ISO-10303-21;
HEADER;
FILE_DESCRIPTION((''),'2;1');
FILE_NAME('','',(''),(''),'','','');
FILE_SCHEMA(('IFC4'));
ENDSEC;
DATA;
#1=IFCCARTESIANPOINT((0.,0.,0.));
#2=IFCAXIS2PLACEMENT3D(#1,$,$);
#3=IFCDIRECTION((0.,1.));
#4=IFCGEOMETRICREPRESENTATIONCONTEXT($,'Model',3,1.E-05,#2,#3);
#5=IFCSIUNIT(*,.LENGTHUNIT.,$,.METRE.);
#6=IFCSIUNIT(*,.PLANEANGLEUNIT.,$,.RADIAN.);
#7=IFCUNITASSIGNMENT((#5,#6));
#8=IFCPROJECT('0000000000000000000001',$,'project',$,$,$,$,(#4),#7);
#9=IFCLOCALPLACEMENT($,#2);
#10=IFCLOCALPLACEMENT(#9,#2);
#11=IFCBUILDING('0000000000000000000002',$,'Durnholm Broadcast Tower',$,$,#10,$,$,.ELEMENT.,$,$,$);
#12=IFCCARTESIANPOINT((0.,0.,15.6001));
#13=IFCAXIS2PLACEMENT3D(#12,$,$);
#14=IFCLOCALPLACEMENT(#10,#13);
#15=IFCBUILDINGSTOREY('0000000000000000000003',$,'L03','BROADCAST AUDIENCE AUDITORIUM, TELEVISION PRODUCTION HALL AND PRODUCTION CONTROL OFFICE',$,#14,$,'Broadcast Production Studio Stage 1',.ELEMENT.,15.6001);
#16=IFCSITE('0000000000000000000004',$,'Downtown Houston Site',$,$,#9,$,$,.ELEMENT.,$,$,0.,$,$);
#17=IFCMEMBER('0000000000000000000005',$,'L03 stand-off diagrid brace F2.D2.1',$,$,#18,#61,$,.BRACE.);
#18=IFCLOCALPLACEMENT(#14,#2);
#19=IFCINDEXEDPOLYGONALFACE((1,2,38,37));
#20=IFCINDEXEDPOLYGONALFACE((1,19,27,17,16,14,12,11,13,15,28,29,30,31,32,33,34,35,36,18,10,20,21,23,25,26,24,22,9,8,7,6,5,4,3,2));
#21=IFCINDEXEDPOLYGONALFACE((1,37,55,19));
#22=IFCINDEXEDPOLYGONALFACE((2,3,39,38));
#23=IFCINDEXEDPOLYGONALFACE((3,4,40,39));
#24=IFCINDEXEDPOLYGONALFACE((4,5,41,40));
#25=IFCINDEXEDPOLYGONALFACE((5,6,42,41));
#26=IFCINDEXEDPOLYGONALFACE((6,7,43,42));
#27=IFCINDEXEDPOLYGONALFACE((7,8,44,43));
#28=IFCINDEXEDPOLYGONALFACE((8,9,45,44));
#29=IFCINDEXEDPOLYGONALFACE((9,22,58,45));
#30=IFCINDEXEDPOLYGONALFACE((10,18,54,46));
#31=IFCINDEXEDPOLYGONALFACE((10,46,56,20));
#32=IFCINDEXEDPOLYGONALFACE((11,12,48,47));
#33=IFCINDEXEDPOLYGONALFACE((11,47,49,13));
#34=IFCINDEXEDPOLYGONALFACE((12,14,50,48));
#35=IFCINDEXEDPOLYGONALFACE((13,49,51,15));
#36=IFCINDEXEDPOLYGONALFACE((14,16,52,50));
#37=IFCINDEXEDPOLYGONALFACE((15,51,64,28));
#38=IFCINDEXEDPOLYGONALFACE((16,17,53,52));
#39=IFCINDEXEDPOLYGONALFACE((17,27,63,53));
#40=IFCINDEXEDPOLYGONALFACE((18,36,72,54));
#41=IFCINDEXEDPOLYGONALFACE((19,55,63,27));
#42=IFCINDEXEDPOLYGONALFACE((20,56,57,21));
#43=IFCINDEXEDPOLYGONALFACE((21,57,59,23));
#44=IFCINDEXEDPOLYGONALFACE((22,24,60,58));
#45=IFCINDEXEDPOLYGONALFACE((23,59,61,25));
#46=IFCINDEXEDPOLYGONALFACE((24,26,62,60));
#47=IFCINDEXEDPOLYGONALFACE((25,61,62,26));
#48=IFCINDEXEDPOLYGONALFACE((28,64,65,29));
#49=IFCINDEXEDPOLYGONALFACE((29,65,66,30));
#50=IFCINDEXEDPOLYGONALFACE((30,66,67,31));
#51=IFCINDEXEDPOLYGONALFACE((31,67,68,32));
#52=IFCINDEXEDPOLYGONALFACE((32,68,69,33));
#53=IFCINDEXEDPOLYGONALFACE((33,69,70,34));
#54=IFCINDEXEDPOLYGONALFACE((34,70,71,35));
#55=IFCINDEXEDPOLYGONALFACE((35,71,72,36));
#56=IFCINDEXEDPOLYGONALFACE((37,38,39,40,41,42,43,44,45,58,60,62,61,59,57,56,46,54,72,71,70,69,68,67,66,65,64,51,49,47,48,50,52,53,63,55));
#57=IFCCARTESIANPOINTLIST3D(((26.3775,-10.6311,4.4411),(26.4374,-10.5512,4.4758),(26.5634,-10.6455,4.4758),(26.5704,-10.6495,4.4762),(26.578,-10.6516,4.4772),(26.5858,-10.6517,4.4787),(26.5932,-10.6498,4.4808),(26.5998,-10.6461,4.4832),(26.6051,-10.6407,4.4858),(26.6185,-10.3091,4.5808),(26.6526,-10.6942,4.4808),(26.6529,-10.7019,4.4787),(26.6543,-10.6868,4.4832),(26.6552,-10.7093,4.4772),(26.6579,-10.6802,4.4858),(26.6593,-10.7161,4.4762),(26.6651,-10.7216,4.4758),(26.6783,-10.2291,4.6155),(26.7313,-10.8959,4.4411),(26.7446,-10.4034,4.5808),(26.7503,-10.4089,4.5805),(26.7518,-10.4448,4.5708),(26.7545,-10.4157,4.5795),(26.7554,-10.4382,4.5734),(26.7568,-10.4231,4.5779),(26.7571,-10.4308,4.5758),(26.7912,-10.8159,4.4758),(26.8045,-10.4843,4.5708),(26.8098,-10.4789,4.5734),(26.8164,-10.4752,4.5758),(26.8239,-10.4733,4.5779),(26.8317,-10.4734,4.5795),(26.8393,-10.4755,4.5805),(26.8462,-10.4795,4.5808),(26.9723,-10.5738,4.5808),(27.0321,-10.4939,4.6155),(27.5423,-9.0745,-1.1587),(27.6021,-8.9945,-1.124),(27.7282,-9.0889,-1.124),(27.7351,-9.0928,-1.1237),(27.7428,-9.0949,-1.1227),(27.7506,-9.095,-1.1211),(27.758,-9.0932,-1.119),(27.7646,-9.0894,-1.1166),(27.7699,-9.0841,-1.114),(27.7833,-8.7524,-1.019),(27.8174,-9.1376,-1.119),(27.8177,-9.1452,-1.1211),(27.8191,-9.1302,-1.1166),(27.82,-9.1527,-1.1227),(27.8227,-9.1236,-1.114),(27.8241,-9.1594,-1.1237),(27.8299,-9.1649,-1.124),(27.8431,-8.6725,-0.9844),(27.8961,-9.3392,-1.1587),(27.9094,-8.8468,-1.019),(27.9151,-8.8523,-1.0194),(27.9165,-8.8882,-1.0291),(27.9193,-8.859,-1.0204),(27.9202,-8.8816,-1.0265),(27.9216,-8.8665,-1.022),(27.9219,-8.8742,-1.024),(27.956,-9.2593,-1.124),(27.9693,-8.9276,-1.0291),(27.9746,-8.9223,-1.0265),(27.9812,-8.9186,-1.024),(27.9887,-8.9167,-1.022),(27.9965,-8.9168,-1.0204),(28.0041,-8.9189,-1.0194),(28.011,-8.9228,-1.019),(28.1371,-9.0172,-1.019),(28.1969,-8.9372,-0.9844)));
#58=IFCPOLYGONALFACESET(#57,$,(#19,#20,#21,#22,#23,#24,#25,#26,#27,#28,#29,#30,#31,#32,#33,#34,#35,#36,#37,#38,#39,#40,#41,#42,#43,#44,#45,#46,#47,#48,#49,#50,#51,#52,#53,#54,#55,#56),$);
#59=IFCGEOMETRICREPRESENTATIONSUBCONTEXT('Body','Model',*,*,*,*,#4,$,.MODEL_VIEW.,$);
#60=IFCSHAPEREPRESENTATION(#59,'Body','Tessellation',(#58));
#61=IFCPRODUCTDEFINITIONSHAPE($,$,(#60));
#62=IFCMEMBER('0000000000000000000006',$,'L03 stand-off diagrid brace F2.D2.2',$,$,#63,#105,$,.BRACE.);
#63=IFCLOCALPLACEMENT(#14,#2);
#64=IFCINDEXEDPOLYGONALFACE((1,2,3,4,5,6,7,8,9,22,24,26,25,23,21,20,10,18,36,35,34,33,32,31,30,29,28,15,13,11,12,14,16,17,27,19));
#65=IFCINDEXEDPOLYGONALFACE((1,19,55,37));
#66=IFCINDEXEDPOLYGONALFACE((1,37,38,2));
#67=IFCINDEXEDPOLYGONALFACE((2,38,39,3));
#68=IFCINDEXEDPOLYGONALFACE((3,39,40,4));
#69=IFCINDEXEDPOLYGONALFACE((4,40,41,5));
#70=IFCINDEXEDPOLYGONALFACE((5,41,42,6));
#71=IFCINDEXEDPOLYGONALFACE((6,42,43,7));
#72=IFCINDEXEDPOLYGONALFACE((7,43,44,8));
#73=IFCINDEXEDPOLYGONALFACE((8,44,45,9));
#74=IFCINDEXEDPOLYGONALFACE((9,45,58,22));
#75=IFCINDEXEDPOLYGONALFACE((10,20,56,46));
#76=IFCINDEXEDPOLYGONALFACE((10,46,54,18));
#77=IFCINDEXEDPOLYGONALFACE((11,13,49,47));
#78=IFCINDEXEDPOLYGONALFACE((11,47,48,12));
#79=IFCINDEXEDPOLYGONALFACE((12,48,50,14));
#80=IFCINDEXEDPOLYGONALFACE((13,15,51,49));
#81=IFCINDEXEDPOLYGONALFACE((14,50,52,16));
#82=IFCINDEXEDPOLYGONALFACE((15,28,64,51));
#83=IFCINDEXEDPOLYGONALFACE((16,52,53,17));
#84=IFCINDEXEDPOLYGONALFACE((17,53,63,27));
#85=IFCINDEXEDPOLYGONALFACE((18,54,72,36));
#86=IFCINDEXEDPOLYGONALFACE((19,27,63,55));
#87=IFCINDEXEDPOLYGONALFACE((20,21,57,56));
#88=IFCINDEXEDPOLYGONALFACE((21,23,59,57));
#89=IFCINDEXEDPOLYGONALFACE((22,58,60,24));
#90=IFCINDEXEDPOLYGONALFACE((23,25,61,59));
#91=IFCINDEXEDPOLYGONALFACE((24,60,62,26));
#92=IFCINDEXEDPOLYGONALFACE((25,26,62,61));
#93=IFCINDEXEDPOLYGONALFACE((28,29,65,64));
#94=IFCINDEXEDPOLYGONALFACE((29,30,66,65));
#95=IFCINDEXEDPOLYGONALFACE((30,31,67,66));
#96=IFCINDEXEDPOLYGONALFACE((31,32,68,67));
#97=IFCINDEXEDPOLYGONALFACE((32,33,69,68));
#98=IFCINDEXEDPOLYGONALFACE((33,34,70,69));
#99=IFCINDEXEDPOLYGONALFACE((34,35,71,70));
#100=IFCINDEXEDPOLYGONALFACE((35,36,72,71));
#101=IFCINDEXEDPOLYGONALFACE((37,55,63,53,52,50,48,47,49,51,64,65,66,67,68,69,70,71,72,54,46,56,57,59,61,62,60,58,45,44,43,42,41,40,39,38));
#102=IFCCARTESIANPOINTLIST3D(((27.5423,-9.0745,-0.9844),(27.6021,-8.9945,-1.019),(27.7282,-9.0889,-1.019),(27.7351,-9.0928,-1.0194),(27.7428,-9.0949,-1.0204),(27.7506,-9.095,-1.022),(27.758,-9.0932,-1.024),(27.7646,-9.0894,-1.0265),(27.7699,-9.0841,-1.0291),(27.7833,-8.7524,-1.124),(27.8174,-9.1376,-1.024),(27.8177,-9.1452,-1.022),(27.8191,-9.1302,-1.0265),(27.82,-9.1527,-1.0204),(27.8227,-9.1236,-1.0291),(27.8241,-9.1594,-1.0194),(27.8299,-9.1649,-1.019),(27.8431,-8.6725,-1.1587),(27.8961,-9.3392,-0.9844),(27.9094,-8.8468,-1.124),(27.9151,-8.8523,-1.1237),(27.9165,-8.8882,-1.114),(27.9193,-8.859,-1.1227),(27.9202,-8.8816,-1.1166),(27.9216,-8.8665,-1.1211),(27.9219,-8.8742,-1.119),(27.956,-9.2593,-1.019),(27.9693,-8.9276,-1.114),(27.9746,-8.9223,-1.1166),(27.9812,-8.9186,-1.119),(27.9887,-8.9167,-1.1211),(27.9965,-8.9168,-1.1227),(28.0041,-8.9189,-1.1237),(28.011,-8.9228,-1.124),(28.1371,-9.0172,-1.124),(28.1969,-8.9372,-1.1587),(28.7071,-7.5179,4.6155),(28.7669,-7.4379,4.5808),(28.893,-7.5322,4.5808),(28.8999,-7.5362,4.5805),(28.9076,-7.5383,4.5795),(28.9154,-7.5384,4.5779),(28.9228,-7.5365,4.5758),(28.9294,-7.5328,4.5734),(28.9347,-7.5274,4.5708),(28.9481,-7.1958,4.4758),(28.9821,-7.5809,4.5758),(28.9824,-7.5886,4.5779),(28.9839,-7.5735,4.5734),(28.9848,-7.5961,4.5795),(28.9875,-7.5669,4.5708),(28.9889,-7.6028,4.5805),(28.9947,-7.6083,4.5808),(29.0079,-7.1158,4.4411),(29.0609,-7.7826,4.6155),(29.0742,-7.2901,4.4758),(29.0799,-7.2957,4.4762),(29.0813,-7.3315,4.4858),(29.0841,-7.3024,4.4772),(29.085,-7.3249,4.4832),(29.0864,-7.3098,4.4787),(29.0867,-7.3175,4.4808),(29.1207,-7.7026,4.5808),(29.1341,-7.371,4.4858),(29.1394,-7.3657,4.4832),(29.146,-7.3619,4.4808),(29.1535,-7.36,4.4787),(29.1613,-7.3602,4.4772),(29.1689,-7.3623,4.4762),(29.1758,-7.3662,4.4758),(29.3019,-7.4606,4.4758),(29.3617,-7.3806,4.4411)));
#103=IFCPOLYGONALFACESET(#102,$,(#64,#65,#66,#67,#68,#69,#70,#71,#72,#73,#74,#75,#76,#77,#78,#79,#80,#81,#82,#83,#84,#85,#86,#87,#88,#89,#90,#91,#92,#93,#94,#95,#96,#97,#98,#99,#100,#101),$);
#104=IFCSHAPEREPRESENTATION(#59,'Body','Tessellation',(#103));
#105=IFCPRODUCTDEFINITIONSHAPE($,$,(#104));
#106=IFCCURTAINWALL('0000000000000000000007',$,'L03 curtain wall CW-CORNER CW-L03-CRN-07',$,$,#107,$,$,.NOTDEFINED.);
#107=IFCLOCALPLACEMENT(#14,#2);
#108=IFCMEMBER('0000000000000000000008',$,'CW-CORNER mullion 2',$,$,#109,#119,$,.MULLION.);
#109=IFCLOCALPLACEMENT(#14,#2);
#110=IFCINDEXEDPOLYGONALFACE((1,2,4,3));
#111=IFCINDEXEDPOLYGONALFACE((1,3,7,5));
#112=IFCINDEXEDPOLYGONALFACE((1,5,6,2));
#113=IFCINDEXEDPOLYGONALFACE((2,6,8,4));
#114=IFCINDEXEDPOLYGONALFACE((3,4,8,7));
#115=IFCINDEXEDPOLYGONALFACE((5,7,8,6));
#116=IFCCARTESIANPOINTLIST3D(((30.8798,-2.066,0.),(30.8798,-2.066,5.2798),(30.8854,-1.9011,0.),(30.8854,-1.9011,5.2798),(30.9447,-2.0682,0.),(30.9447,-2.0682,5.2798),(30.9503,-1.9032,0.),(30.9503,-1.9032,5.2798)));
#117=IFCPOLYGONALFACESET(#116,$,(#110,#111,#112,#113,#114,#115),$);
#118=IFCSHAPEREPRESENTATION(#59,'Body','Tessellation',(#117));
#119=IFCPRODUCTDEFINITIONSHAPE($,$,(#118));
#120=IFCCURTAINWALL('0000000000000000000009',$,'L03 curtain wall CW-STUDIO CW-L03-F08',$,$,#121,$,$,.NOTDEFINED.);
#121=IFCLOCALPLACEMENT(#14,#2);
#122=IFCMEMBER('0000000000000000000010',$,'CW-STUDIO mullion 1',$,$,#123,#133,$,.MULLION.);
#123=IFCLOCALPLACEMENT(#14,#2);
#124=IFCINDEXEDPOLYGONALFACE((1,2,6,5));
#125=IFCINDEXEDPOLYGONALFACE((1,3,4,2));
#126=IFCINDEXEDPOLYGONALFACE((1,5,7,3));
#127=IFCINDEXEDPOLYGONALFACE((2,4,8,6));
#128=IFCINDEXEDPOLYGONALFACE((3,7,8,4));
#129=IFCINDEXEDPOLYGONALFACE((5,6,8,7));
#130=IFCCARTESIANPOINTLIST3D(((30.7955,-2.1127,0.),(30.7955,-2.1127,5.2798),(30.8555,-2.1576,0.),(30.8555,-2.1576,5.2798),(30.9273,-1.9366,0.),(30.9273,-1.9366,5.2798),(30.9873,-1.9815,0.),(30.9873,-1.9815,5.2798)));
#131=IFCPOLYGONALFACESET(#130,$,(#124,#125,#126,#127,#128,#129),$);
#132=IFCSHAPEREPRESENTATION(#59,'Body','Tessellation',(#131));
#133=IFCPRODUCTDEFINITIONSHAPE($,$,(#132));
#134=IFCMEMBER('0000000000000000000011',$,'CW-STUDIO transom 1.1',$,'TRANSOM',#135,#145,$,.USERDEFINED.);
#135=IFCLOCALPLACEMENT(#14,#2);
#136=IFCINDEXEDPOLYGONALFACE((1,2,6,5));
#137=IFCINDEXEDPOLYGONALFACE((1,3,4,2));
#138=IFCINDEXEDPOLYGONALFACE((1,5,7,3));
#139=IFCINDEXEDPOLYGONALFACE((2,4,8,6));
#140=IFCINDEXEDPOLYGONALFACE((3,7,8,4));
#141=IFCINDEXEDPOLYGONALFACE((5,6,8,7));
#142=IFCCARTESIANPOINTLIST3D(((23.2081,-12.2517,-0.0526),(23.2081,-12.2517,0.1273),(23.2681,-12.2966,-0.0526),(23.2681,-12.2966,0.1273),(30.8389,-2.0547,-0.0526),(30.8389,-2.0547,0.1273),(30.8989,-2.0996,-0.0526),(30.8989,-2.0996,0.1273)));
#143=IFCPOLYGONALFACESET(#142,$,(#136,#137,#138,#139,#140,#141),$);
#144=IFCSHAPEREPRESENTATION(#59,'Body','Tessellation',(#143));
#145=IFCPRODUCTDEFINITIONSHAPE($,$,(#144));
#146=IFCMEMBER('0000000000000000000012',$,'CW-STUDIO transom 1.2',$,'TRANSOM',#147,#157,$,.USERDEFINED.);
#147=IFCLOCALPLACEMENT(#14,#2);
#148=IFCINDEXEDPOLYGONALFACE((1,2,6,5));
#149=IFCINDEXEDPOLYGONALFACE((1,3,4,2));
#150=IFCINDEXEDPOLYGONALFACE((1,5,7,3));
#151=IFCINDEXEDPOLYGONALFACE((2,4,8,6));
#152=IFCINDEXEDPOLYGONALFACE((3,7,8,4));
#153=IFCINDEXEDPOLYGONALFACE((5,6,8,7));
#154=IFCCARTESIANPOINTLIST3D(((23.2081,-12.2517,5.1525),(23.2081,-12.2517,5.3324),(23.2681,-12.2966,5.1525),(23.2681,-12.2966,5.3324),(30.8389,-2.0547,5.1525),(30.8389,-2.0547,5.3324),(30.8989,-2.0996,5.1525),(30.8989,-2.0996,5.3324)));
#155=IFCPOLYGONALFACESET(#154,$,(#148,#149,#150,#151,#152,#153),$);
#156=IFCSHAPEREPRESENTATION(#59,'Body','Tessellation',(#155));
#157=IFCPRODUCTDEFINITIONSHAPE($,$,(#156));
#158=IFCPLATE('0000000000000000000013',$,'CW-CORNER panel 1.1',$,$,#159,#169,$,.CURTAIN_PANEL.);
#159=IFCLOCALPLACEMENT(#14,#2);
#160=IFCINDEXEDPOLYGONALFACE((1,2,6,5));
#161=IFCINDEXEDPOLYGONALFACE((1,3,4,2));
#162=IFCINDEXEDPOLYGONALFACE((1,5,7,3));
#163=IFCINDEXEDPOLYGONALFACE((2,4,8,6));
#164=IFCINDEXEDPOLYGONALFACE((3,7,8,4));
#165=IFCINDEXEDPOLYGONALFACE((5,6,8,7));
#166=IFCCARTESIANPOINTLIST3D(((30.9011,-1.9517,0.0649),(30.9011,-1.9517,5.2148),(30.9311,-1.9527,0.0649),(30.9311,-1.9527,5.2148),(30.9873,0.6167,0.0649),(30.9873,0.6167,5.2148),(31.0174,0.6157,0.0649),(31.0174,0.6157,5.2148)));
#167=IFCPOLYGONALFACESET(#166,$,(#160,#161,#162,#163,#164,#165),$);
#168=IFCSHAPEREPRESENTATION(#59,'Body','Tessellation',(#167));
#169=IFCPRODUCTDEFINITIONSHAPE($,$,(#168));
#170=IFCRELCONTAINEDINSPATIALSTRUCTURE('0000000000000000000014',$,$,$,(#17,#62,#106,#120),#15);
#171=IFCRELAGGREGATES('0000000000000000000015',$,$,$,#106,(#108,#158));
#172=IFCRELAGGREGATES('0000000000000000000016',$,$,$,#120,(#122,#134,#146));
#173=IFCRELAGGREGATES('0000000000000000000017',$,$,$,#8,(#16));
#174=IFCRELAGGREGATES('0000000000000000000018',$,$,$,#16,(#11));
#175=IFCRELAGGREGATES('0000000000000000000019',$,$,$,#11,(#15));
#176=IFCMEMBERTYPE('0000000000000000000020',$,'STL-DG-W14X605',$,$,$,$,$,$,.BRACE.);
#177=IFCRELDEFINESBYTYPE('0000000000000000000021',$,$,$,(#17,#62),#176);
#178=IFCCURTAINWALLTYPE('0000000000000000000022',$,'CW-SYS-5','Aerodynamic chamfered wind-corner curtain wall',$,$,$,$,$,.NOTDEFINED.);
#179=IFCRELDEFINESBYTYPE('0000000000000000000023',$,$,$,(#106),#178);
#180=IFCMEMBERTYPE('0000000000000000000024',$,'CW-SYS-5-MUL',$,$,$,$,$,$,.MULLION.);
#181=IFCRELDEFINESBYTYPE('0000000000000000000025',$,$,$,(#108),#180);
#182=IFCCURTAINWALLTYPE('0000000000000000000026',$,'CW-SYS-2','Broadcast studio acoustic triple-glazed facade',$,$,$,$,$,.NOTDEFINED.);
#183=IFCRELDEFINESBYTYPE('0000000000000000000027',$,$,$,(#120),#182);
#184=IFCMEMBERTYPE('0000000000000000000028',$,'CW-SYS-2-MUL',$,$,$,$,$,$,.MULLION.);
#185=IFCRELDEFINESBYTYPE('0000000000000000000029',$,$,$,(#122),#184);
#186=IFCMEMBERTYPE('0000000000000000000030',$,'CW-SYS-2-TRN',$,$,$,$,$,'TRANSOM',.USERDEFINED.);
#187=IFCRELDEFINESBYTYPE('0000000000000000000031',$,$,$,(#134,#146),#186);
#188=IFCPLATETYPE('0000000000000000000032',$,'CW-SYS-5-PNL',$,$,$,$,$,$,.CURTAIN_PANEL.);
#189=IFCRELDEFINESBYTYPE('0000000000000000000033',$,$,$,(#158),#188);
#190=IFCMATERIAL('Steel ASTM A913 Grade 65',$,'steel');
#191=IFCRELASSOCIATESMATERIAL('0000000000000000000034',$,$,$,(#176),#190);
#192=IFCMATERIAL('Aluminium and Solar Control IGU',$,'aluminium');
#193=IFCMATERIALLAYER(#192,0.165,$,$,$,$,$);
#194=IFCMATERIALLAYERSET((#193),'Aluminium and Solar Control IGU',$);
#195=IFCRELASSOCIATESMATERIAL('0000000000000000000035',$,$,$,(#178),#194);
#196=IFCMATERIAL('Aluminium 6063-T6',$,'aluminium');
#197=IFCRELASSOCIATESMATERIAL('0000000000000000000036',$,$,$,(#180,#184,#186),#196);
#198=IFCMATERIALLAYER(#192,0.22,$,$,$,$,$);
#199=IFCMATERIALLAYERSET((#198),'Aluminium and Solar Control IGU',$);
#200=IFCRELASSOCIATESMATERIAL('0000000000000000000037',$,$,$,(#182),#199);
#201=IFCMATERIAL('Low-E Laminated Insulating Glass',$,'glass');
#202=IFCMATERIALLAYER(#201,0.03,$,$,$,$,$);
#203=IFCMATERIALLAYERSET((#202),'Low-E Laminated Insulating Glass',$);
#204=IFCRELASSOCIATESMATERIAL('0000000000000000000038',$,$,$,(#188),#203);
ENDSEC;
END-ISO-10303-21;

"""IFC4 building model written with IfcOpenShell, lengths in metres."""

from ifc_helpers import new_model, si_unit, direction, frame, origin, origin_2d, place, context, subcontext, project, spatial, rectangle, i_section, extrude, source, transform, mapped, material, layer, layer_set, material_profile, profile_set, type_object, type_shapes, element, aggregate, save


model = new_model("IFC4")

# Units and contexts
model_context = context("Model", 3, precision=1e-05, world=origin(), true_north=direction((0.0, 1.0)))
body_context = subcontext(model_context, "Body", "Model", "MODEL_VIEW")
ifc_project = project(units=[si_unit("LENGTHUNIT", "METRE"), si_unit("PLANEANGLEUNIT", "RADIAN")], contexts=[model_context])

# Site, building, storey
site_placement = place(None, origin())
site = spatial("IfcSite", under=ifc_project, at=site_placement, Name="Downtown Houston Site", CompositionType="ELEMENT", RefElevation=0.0)
building_placement = place(site_placement, origin())
building = spatial("IfcBuilding", under=site, at=building_placement, Name="Durnholm Broadcast Tower", CompositionType="ELEMENT")
storey_placement = place(building_placement, frame((0.0, 0.0, 15.6001)))
storey = spatial("IfcBuildingStorey", under=building, at=storey_placement, Name="L03", Description="BROADCAST AUDIENCE AUDITORIUM, TELEVISION PRODUCTION HALL AND PRODUCTION CONTROL OFFICE", LongName="Broadcast Production Studio Stage 1", CompositionType="ELEMENT", Elevation=15.6001)

# Shared definitions
ifc_material_1 = material(Name="Steel ASTM A913 Grade 65", Category="steel")

# Members
ifc_material_profile_1 = material_profile(ifc_material_1, i_section(OverallWidth=0.4419, OverallDepth=0.5315, WebThickness=0.0659, FlangeThickness=0.1057, FilletRadius=0.0305, at=origin_2d()), Name="W14X605")
ifc_profile_set_1 = profile_set([ifc_material_profile_1], Name="Steel ASTM A913 Grade 65")
member_type_1 = type_object("IfcMemberType", Name="STL-DG-W14X605", PredefinedType="BRACE", material=ifc_profile_set_1)
shared_shape_1 = source(origin(), body_context, "Body", "SweptSolid", [
    extrude(i_section(OverallWidth=0.4419, OverallDepth=0.5315, WebThickness=0.0659, FlangeThickness=0.1057, FilletRadius=0.0305, at=origin_2d()), origin(), (0.0, 0.0, 1.0), 5.9277),
])
type_shapes(member_type_1, [shared_shape_1])
for number, where, z_axis, x_axis, name in (
    (1, (27.8696, -9.0059, -1.0715), (-0.196499, -0.262602, 0.944684), (0.800663, -0.599116, 0.0), "L03 stand-off diagrid brace F2.D2.1"),
    (2, (27.8696, -9.0059, -1.0715), (0.196499, 0.262602, 0.944684), (-0.800663, 0.599116, 0.0), "L03 stand-off diagrid brace F2.D2.2"),
):
    element("IfcMember", number, at=place(storey_placement, frame(where, z_axis=z_axis, x_axis=x_axis)), inside=storey, type_object=member_type_1, Name=name, PredefinedType="BRACE", context=body_context, shape_type="MappedRepresentation", body=[
        mapped(shared_shape_1, transform((0.0, 0.0, 0.0), x_axis=(1.0, 0.0, 0.0), y_axis=(0.0, 1.0, 0.0), z_axis=(0.0, 0.0, 1.0), scale=1.0)),
    ])

# Curtain wall, member
ifc_material_2 = material(Name="Aluminium and Solar Control IGU", Category="aluminium")
ifc_layer_1 = layer(ifc_material_2, 0.165)
ifc_layer_set_1 = layer_set([ifc_layer_1], Name="Aluminium and Solar Control IGU")
curtain_wall_type_1 = type_object("IfcCurtainWallType", Name="CW-SYS-5", Description="Aerodynamic chamfered wind-corner curtain wall", PredefinedType="NOTDEFINED", material=ifc_layer_set_1)
curtain_wall_1_placement = place(storey_placement, origin())
curtain_wall_1 = element("IfcCurtainWall", 3, at=curtain_wall_1_placement, inside=storey, type_object=curtain_wall_type_1, Name="L03 curtain wall CW-CORNER CW-L03-CRN-07", PredefinedType="NOTDEFINED")
ifc_material_3 = material(Name="Aluminium 6063-T6", Category="aluminium")
ifc_material_profile_2 = material_profile(ifc_material_3, rectangle(XDim=0.0649, YDim=0.165, at=origin_2d()), Name="CWM65X165")
ifc_profile_set_2 = profile_set([ifc_material_profile_2], Name="Aluminium 6063-T6")
member_type_2 = type_object("IfcMemberType", Name="CW-SYS-5-MUL", PredefinedType="MULLION", material=ifc_profile_set_2)
shared_shape_2 = source(origin(), body_context, "Body", "SweptSolid", [
    extrude(rectangle(XDim=0.0649, YDim=0.165, at=origin_2d()), origin(), (0.0, 0.0, 1.0), 5.2798),
])
type_shapes(member_type_2, [shared_shape_2])
member_1_placement = place(storey_placement, frame((30.915, -1.9846, 0.0), z_axis=(0.0, 0.0, 1.0), x_axis=(0.999437, -0.033557, 0.0)))
member_1 = element("IfcMember", 4, at=member_1_placement, type_object=member_type_2, Name="CW-CORNER mullion 2", PredefinedType="MULLION", context=body_context, shape_type="MappedRepresentation", body=[
    mapped(shared_shape_2, transform((0.0, 0.0, 0.0), x_axis=(1.0, 0.0, 0.0), y_axis=(0.0, 1.0, 0.0), z_axis=(0.0, 0.0, 1.0), scale=1.0)),
])

# Curtain wall, members
ifc_layer_2 = layer(ifc_material_2, 0.22)
ifc_layer_set_2 = layer_set([ifc_layer_2], Name="Aluminium and Solar Control IGU")
curtain_wall_type_2 = type_object("IfcCurtainWallType", Name="CW-SYS-2", Description="Broadcast studio acoustic triple-glazed facade", PredefinedType="NOTDEFINED", material=ifc_layer_set_2)
curtain_wall_2_placement = place(storey_placement, origin())
curtain_wall_2 = element("IfcCurtainWall", 5, at=curtain_wall_2_placement, inside=storey, type_object=curtain_wall_type_2, Name="L03 curtain wall CW-STUDIO CW-L03-F08", PredefinedType="NOTDEFINED")
ifc_material_profile_3 = material_profile(ifc_material_3, rectangle(XDim=0.075, YDim=0.22, at=origin_2d()), Name="CWM75X220")
ifc_profile_set_3 = profile_set([ifc_material_profile_3], Name="Aluminium 6063-T6")
member_type_3 = type_object("IfcMemberType", Name="CW-SYS-2-MUL", PredefinedType="MULLION", material=ifc_profile_set_3)
shared_shape_3 = source(origin(), body_context, "Body", "SweptSolid", [
    extrude(rectangle(XDim=0.075, YDim=0.22, at=origin_2d()), origin(), (0.0, 0.0, 1.0), 5.2798),
])
type_shapes(member_type_3, [shared_shape_3])
member_2_placement = place(storey_placement, frame((30.8914, -2.0471, 0.0), z_axis=(0.0, 0.0, 1.0), x_axis=(0.800632, -0.599157, 0.0)))
member_2 = element("IfcMember", 6, at=member_2_placement, type_object=member_type_3, Name="CW-STUDIO mullion 1", PredefinedType="MULLION", context=body_context, shape_type="MappedRepresentation", body=[
    mapped(shared_shape_3, transform((0.0, 0.0, 0.0), x_axis=(1.0, 0.0, 0.0), y_axis=(0.0, 1.0, 0.0), z_axis=(0.0, 0.0, 1.0), scale=1.0)),
])
ifc_material_profile_4 = material_profile(ifc_material_3, rectangle(XDim=0.075, YDim=0.1799, at=origin_2d()), Name="CWT75X180")
ifc_profile_set_4 = profile_set([ifc_material_profile_4], Name="Aluminium 6063-T6")
member_type_4 = type_object("IfcMemberType", Name="CW-SYS-2-TRN", ElementType="TRANSOM", PredefinedType="USERDEFINED", material=ifc_profile_set_4)
shared_shape_4 = source(origin(), body_context, "Body", "SweptSolid", [
    extrude(rectangle(XDim=0.075, YDim=0.1799, at=origin_2d()), origin(), (0.0, 0.0, 1.0), 12.7361),
])
type_shapes(member_type_4, [shared_shape_4])
member_3_placement = place(storey_placement, frame((30.8689, -2.0771, 0.0374), z_axis=(-0.59915, -0.800637, 0.0), x_axis=(0.800637, -0.59915, 0.0)))
member_3 = element("IfcMember", 7, at=member_3_placement, type_object=member_type_4, Name="CW-STUDIO transom 1.1", ObjectType="TRANSOM", PredefinedType="USERDEFINED", context=body_context, shape_type="MappedRepresentation", body=[
    mapped(shared_shape_4, transform((0.0, 0.0, 0.0), x_axis=(1.0, 0.0, 0.0), y_axis=(0.0, 1.0, 0.0), z_axis=(0.0, 0.0, 1.0), scale=1.0)),
])
member_4_placement = place(storey_placement, frame((30.8689, -2.0771, 5.2424), z_axis=(-0.59915, -0.800637, 0.0), x_axis=(0.800637, -0.59915, 0.0)))
member_4 = element("IfcMember", 8, at=member_4_placement, type_object=member_type_4, Name="CW-STUDIO transom 1.2", ObjectType="TRANSOM", PredefinedType="USERDEFINED", context=body_context, shape_type="MappedRepresentation", body=[
    mapped(shared_shape_4, transform((0.0, 0.0, 0.0), x_axis=(1.0, 0.0, 0.0), y_axis=(0.0, 1.0, 0.0), z_axis=(0.0, 0.0, 1.0), scale=1.0)),
])

# Plate
ifc_material_4 = material(Name="Low-E Laminated Insulating Glass", Category="glass")
ifc_layer_3 = layer(ifc_material_4, 0.03)
ifc_layer_set_3 = layer_set([ifc_layer_3], Name="Low-E Laminated Insulating Glass")
plate_type_1 = type_object("IfcPlateType", Name="CW-SYS-5-PNL", PredefinedType="CURTAIN_PANEL", material=ifc_layer_set_3)
shared_shape_5 = source(origin(), body_context, "Body", "SweptSolid", [
    extrude(rectangle(XDim=2.5698, YDim=0.03, at=origin_2d()), origin(), (0.0, 0.0, 1.0), 5.1499),
])
type_shapes(plate_type_1, [shared_shape_5])
plate_1_placement = place(storey_placement, frame((30.9592, -0.668, 0.0649), z_axis=(0.0, 0.0, 1.0), x_axis=(-0.033557, -0.999437, 0.0)))
plate_1 = element("IfcPlate", 9, at=plate_1_placement, type_object=plate_type_1, Name="CW-CORNER panel 1.1", PredefinedType="CURTAIN_PANEL", context=body_context, shape_type="MappedRepresentation", body=[
    mapped(shared_shape_5, transform((0.0, 0.0, 0.0), x_axis=(1.0, 0.0, 0.0), y_axis=(0.0, 1.0, 0.0), z_axis=(0.0, 0.0, 1.0), scale=1.0)),
])
aggregate(curtain_wall_1, [member_1, plate_1])
aggregate(curtain_wall_2, [member_2, member_3, member_4])

save(model, "model.ifc")
